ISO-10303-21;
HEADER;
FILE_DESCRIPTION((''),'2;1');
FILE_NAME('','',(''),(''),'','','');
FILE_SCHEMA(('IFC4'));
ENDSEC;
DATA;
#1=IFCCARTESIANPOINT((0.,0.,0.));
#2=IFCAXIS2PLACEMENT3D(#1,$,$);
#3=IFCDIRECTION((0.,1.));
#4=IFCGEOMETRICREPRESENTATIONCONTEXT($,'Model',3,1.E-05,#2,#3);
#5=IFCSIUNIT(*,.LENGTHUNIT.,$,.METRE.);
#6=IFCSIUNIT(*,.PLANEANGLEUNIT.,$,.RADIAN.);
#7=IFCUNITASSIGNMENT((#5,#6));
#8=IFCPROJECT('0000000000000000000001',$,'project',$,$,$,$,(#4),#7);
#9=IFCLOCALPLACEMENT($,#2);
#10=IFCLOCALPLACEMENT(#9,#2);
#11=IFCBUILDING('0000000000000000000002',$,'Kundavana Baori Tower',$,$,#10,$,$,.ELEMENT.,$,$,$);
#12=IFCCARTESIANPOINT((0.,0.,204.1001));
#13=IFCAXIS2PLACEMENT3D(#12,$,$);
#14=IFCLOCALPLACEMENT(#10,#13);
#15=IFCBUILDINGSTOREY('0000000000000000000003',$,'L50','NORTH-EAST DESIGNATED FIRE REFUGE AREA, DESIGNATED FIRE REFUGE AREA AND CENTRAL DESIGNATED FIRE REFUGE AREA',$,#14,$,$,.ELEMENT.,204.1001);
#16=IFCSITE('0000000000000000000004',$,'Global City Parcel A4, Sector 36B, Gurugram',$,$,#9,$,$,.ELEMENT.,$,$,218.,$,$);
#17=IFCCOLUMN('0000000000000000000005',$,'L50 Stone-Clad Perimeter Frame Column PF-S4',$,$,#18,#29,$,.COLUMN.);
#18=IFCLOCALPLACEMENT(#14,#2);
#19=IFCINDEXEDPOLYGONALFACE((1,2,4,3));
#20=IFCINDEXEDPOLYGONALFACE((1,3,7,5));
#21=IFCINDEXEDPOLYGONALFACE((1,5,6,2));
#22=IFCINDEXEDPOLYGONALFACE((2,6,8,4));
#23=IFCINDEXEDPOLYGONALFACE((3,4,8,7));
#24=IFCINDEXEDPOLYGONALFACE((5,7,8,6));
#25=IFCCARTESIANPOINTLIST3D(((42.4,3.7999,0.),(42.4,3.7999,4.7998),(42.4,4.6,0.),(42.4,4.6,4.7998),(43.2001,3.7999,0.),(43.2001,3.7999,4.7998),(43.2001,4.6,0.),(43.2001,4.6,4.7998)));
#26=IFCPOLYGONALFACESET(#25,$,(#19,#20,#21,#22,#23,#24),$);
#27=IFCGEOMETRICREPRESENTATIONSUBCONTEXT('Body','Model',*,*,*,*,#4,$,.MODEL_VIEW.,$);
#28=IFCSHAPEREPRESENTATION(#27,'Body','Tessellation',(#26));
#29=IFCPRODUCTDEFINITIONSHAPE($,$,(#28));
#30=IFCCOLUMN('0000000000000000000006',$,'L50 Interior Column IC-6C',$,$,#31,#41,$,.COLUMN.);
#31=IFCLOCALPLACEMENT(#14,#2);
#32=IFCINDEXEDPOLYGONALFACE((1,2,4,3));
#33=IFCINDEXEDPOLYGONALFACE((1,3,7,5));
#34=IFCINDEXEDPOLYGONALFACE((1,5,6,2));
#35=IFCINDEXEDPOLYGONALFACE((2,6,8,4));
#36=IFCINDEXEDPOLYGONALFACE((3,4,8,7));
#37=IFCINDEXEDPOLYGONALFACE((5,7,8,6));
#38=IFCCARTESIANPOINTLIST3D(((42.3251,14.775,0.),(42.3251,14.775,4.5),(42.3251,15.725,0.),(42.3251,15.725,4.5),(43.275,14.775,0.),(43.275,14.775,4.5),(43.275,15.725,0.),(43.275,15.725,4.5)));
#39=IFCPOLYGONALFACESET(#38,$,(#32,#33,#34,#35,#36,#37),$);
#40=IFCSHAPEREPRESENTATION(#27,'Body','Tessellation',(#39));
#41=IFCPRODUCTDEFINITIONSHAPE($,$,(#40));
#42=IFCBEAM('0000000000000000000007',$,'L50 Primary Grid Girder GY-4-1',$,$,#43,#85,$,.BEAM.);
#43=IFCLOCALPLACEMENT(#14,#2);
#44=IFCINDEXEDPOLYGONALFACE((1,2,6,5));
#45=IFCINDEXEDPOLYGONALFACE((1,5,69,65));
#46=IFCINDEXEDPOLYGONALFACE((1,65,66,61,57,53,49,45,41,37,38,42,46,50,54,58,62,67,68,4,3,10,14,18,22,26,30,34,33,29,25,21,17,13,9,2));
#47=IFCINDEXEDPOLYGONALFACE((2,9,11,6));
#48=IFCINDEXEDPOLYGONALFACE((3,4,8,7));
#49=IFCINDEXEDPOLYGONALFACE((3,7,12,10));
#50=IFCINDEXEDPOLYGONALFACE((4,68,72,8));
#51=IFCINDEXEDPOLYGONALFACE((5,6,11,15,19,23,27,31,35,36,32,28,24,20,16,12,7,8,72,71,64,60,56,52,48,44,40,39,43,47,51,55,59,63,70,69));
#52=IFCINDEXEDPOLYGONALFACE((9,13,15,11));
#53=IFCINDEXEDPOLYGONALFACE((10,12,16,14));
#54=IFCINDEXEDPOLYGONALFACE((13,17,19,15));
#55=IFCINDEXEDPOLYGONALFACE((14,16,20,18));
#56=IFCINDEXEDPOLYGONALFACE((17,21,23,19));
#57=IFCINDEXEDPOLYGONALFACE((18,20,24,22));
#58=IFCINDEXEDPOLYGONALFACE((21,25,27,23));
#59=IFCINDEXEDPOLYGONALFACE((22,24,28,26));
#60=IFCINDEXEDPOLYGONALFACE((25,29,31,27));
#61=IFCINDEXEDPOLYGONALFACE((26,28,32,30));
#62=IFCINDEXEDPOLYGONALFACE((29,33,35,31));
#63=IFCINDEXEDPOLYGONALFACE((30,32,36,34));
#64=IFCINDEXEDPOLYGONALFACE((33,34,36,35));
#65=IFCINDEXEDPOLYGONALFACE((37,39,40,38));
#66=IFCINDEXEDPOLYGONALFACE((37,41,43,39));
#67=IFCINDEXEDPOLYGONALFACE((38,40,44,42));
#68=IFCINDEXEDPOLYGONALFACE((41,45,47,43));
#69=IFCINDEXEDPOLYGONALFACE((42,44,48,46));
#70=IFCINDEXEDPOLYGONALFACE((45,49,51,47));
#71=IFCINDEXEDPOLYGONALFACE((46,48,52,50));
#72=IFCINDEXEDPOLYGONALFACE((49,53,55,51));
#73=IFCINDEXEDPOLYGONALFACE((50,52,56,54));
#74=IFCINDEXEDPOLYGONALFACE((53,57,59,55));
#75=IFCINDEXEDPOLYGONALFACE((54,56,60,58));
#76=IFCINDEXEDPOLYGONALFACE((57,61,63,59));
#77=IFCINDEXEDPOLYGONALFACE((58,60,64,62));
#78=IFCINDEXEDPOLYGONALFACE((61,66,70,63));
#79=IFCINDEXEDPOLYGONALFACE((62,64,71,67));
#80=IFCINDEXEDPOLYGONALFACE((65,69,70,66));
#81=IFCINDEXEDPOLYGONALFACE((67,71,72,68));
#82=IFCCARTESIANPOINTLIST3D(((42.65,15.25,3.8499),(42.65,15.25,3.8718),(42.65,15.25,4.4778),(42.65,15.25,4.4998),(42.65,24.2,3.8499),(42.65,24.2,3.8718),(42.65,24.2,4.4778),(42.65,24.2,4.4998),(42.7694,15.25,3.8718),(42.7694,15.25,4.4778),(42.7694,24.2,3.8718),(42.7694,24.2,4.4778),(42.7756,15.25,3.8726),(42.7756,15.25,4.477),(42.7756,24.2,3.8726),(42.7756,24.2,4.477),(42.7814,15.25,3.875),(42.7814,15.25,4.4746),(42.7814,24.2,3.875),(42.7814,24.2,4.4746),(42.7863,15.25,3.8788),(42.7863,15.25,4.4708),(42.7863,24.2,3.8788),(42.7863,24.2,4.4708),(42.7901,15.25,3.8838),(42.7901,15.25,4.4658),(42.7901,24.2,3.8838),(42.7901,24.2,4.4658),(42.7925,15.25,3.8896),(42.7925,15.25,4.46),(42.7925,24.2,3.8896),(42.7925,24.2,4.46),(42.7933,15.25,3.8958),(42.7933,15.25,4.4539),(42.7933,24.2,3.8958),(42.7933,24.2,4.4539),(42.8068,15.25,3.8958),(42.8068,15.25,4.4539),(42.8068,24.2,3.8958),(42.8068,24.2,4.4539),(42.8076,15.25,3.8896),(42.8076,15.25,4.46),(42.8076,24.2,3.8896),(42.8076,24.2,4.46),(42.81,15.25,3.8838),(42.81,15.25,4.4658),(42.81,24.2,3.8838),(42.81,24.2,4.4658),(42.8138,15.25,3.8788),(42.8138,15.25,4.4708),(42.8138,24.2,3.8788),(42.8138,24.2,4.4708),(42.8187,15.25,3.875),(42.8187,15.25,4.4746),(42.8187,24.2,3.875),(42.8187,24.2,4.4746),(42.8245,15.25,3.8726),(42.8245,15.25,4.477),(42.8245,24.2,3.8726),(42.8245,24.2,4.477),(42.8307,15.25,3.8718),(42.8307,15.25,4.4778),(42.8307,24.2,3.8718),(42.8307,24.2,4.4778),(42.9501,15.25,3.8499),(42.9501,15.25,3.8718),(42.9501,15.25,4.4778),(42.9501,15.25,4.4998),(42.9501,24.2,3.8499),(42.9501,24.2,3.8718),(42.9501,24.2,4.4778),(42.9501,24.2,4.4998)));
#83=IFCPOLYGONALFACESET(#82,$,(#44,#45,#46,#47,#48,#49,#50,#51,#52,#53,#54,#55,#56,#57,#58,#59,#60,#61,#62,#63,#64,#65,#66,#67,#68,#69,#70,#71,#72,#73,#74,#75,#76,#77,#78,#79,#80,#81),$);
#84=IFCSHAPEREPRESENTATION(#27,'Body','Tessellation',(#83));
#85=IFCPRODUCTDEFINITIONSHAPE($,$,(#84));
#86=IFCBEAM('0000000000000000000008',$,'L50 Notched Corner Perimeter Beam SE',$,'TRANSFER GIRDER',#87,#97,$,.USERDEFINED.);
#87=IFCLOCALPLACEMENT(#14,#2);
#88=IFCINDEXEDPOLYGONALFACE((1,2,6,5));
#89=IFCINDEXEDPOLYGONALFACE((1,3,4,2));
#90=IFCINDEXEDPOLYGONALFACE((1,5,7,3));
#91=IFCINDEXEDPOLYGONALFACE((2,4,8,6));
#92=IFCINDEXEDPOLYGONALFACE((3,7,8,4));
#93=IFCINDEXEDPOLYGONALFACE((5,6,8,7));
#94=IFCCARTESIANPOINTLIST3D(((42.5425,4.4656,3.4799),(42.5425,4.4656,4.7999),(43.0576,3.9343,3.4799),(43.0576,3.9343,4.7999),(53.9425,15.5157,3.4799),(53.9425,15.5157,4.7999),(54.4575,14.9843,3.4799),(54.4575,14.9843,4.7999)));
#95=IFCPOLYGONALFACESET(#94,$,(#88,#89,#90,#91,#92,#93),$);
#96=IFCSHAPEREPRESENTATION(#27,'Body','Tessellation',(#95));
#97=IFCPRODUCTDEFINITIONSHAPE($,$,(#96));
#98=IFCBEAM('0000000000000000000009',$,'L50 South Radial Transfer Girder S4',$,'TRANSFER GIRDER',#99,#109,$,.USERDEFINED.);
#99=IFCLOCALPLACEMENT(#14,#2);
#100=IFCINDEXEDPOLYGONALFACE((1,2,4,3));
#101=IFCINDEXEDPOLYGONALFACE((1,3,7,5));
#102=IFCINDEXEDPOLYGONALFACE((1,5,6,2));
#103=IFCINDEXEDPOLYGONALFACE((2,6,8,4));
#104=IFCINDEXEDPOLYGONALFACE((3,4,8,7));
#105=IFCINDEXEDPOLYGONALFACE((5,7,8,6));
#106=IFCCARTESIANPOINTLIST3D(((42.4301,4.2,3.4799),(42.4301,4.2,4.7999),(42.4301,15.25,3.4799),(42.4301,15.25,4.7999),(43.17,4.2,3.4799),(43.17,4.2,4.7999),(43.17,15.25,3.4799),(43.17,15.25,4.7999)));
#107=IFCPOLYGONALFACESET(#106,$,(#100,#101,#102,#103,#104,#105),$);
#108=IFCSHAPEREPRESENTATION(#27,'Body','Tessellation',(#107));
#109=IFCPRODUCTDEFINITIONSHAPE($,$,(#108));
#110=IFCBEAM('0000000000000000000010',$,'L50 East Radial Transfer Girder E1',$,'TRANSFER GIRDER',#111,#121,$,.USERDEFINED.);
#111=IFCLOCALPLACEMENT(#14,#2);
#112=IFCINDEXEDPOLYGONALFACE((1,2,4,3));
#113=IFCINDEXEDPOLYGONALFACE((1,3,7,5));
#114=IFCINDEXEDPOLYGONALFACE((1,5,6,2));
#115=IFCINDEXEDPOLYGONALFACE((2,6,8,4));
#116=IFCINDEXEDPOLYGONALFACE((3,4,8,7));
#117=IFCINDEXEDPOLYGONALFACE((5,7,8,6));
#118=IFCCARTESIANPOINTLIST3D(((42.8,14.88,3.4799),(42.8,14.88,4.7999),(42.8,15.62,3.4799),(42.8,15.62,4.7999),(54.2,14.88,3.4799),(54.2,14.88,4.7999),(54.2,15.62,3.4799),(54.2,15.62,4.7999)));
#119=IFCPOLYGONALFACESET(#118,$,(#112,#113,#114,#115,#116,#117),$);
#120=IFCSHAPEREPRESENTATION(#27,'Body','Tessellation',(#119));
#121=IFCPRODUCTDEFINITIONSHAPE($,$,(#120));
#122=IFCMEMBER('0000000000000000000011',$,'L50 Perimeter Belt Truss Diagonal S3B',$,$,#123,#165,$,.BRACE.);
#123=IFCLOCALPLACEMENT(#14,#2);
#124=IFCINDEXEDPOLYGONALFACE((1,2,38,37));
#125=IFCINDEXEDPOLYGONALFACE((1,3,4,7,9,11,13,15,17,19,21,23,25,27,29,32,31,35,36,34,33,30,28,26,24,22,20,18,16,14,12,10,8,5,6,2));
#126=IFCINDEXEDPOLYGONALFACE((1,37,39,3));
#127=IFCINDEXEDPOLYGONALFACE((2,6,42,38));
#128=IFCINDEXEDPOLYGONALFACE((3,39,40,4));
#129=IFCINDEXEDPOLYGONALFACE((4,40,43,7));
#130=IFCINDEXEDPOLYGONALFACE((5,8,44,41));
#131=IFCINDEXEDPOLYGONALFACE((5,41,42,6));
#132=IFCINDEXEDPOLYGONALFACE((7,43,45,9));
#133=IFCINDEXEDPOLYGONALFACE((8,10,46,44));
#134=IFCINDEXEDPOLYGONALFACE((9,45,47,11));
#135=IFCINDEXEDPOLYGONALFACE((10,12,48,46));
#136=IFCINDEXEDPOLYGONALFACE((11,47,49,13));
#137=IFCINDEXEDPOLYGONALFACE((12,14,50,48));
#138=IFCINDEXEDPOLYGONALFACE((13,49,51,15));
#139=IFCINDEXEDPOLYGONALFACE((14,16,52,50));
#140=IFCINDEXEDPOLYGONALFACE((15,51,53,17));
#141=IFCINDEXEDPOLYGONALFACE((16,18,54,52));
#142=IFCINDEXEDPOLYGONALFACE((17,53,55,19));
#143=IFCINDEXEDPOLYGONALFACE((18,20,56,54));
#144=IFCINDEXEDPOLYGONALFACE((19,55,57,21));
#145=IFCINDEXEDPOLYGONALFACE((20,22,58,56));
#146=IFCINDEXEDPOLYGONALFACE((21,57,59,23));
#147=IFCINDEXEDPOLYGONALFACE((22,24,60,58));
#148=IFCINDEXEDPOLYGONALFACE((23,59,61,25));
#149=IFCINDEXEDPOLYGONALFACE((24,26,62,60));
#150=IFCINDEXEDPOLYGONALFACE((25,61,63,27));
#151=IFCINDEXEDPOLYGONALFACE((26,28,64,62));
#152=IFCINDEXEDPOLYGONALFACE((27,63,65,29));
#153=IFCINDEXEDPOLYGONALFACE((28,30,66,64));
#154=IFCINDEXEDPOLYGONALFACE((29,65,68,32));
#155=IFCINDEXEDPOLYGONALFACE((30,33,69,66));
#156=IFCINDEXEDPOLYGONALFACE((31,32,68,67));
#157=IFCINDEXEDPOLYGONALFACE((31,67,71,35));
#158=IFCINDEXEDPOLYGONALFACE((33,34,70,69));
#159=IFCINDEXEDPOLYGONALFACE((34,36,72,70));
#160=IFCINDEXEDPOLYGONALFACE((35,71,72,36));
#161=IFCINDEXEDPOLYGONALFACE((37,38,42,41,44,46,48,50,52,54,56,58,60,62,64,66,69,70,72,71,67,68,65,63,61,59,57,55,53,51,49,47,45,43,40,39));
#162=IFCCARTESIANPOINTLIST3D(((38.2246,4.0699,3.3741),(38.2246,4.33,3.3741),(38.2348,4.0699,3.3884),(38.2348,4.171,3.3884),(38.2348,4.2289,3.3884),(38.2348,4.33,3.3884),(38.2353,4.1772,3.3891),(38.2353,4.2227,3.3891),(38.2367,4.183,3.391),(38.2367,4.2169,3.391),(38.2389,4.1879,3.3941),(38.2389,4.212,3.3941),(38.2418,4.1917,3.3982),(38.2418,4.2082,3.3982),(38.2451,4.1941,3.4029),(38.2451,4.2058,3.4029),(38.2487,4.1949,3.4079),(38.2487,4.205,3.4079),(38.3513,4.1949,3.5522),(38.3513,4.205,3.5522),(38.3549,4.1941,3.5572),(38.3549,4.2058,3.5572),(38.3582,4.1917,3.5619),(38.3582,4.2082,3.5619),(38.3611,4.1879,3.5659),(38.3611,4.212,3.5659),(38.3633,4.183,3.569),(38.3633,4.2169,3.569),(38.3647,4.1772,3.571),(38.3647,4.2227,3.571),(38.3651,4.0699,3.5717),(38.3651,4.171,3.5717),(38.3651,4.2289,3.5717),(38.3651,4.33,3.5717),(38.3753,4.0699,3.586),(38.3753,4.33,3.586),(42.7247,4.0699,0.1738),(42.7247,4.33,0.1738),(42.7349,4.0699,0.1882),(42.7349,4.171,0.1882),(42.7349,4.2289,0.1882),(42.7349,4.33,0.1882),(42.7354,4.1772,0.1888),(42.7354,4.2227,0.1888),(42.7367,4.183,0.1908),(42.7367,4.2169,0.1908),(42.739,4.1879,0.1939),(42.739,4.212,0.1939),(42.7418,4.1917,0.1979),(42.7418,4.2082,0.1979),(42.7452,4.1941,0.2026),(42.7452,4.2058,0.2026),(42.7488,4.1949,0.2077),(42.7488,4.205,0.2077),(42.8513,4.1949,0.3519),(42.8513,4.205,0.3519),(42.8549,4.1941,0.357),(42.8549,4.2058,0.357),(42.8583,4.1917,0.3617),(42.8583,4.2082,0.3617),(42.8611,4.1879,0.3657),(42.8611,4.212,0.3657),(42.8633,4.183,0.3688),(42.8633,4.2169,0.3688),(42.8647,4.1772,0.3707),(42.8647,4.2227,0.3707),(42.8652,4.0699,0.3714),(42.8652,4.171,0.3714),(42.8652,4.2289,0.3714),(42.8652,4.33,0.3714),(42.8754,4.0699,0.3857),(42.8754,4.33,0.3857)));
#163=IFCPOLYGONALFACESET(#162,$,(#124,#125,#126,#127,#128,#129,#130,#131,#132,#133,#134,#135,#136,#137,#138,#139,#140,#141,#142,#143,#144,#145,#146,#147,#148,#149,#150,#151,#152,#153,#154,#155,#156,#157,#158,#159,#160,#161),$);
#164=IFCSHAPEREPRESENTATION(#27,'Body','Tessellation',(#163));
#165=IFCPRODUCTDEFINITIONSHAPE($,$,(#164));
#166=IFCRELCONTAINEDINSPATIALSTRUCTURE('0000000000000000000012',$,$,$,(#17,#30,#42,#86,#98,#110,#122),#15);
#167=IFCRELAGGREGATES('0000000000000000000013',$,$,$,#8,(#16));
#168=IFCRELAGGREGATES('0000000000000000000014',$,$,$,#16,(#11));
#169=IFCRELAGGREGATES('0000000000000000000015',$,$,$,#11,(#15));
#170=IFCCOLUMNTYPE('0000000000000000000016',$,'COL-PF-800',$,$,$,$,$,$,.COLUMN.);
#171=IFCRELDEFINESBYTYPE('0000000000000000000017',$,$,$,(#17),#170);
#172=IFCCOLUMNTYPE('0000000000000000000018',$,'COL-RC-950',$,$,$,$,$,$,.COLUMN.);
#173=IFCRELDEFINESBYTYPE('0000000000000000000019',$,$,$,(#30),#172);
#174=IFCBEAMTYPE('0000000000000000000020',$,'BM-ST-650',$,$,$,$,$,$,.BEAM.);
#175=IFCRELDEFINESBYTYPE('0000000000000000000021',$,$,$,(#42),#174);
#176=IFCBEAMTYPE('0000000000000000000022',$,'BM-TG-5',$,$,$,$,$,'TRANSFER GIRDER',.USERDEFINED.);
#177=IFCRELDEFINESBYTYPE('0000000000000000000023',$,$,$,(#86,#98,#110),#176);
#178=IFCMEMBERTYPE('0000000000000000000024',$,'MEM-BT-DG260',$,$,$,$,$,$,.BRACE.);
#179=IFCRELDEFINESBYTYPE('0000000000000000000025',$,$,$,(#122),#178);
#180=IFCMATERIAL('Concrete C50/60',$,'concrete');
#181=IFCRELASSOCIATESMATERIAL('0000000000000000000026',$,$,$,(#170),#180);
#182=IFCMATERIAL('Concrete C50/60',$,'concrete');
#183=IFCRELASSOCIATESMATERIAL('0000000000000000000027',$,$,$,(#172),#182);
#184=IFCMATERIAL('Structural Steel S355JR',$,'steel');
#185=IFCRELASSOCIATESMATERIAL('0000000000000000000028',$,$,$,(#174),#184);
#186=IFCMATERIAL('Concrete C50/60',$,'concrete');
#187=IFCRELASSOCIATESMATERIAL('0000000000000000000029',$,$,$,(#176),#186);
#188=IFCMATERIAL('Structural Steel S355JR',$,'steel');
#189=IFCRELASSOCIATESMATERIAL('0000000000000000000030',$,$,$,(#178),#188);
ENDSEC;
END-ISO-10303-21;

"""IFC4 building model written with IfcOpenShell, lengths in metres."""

from ifc_helpers import new_model, si_unit, direction, frame, origin, origin_2d, place, context, subcontext, project, spatial, rectangle, i_section, extrude, material, material_profile, profile_set, type_object, element, save


model = new_model("IFC4")

# Units and contexts
model_context = context("Model", 3, precision=1e-05, world=origin(), true_north=direction((0.0, 1.0)))
body_context = subcontext(model_context, "Body", "Model", "MODEL_VIEW")
ifc_project = project(units=[si_unit("LENGTHUNIT", "METRE"), si_unit("PLANEANGLEUNIT", "RADIAN")], contexts=[model_context])

# Site, building, storey
site_placement = place(None, origin())
site = spatial("IfcSite", under=ifc_project, at=site_placement, Name="Global City Parcel A4, Sector 36B, Gurugram", CompositionType="ELEMENT", RefElevation=218.0)
building_placement = place(site_placement, origin())
building = spatial("IfcBuilding", under=site, at=building_placement, Name="Kundavana Baori Tower", CompositionType="ELEMENT")
storey_placement = place(building_placement, frame((0.0, 0.0, 204.1001)))
storey = spatial("IfcBuildingStorey", under=building, at=storey_placement, Name="L50", Description="NORTH-EAST DESIGNATED FIRE REFUGE AREA, DESIGNATED FIRE REFUGE AREA AND CENTRAL DESIGNATED FIRE REFUGE AREA", CompositionType="ELEMENT", Elevation=204.1001)

# Columns
ifc_material_1 = material(Name="Concrete C50/60", Category="concrete")
ifc_material_profile_1 = material_profile(ifc_material_1, rectangle(XDim=0.8, YDim=0.8, at=origin_2d()), Name="RC PF 800x800")
ifc_profile_set_1 = profile_set([ifc_material_profile_1], Name="Concrete C50/60")
column_type_1 = type_object("IfcColumnType", Name="COL-PF-800", PredefinedType="COLUMN", material=ifc_profile_set_1)
column_1_placement = place(storey_placement, frame((42.8, 4.2, 0.0), z_axis=(0.0, 0.0, 1.0), x_axis=(1.0, 0.0, 0.0)))
element("IfcColumn", 1, at=column_1_placement, inside=storey, type_object=column_type_1, Name="L50 Stone-Clad Perimeter Frame Column PF-S4", PredefinedType="COLUMN", context=body_context, shape_type="SweptSolid", body=[
    extrude(rectangle(XDim=0.8, YDim=0.8, at=origin_2d()), origin(), (0.0, 0.0, 1.0), 4.7998),
])
ifc_material_2 = material(Name="Concrete C50/60", Category="concrete")
ifc_material_profile_2 = material_profile(ifc_material_2, rectangle(XDim=0.95, YDim=0.95, at=origin_2d()), Name="RC 950x950")
ifc_profile_set_2 = profile_set([ifc_material_profile_2], Name="Concrete C50/60")
column_type_2 = type_object("IfcColumnType", Name="COL-RC-950", PredefinedType="COLUMN", material=ifc_profile_set_2)
column_2_placement = place(storey_placement, frame((42.8, 15.25, 0.0), z_axis=(0.0, 0.0, 1.0), x_axis=(1.0, 0.0, 0.0)))
element("IfcColumn", 2, at=column_2_placement, inside=storey, type_object=column_type_2, Name="L50 Interior Column IC-6C", PredefinedType="COLUMN", context=body_context, shape_type="SweptSolid", body=[
    extrude(rectangle(XDim=0.95, YDim=0.95, at=origin_2d()), origin(), (0.0, 0.0, 1.0), 4.5),
])

# Beams
ifc_material_3 = material(Name="Structural Steel S355JR", Category="steel")
ifc_material_profile_3 = material_profile(ifc_material_3, i_section(OverallWidth=0.3, OverallDepth=0.6499, WebThickness=0.0134, FlangeThickness=0.022, FilletRadius=0.0239, at=origin_2d()), Name="NPB 650x300x155")
ifc_profile_set_3 = profile_set([ifc_material_profile_3], Name="Structural Steel S355JR")
beam_type_1 = type_object("IfcBeamType", Name="BM-ST-650", PredefinedType="BEAM", material=ifc_profile_set_3)
beam_1_placement = place(storey_placement, frame((42.8, 15.25, 4.1748), z_axis=(0.0, 1.0, 0.0), x_axis=(-1.0, 0.0, 0.0)))
element("IfcBeam", 3, at=beam_1_placement, inside=storey, type_object=beam_type_1, Name="L50 Primary Grid Girder GY-4-1", PredefinedType="BEAM", context=body_context, shape_type="SweptSolid", body=[
    extrude(i_section(OverallWidth=0.3, OverallDepth=0.6499, WebThickness=0.0134, FlangeThickness=0.022, FilletRadius=0.0239, at=origin_2d()), origin(), (0.0, 0.0, 1.0), 8.95),
])
ifc_material_4 = material(Name="Concrete C50/60", Category="concrete")
ifc_material_profile_4 = material_profile(ifc_material_4, rectangle(XDim=0.74, YDim=1.3201, at=origin_2d()), Name="BM-TG-5")
ifc_profile_set_4 = profile_set([ifc_material_profile_4], Name="Concrete C50/60")
beam_type_2 = type_object("IfcBeamType", Name="BM-TG-5", ElementType="TRANSFER GIRDER", PredefinedType="USERDEFINED", material=ifc_profile_set_4)
beam_2_placement = place(storey_placement, frame((42.8, 4.2, 4.1399), z_axis=(0.718039, 0.696003, 0.0), x_axis=(-0.696003, 0.718039, 0.0)))
element("IfcBeam", 4, at=beam_2_placement, inside=storey, type_object=beam_type_2, Name="L50 Notched Corner Perimeter Beam SE", ObjectType="TRANSFER GIRDER", PredefinedType="USERDEFINED", context=body_context, shape_type="SweptSolid", body=[
    extrude(rectangle(XDim=0.74, YDim=1.3201, at=origin_2d()), origin(), (0.0, 0.0, 1.0), 15.8765),
])
beam_3_placement = place(storey_placement, frame((42.8, 15.25, 4.1399), z_axis=(0.0, -1.0, 0.0), x_axis=(1.0, 0.0, 0.0)))
element("IfcBeam", 5, at=beam_3_placement, inside=storey, type_object=beam_type_2, Name="L50 South Radial Transfer Girder S4", ObjectType="TRANSFER GIRDER", PredefinedType="USERDEFINED", context=body_context, shape_type="SweptSolid", body=[
    extrude(rectangle(XDim=0.74, YDim=1.3201, at=origin_2d()), origin(), (0.0, 0.0, 1.0), 11.05),
])
beam_4_placement = place(storey_placement, frame((42.8, 15.25, 4.1399), z_axis=(1.0, 0.0, 0.0), x_axis=(0.0, 1.0, 0.0)))
element("IfcBeam", 6, at=beam_4_placement, inside=storey, type_object=beam_type_2, Name="L50 East Radial Transfer Girder E1", ObjectType="TRANSFER GIRDER", PredefinedType="USERDEFINED", context=body_context, shape_type="SweptSolid", body=[
    extrude(rectangle(XDim=0.74, YDim=1.3201, at=origin_2d()), origin(), (0.0, 0.0, 1.0), 11.3999),
])

# Member
ifc_material_5 = material(Name="Structural Steel S355JR", Category="steel")
ifc_material_profile_5 = material_profile(ifc_material_5, i_section(OverallWidth=0.26, OverallDepth=0.26, WebThickness=0.01, FlangeThickness=0.0176, FilletRadius=0.0239, at=origin_2d()), Name="WPB 260x260x93")
ifc_profile_set_5 = profile_set([ifc_material_profile_5], Name="Structural Steel S355JR")
member_type_1 = type_object("IfcMemberType", Name="MEM-BT-DG260", PredefinedType="BRACE", material=ifc_profile_set_5)
member_1_placement = place(storey_placement, frame((42.8, 4.2, 0.2798), z_axis=(-0.814939, 0.0, 0.579547), x_axis=(0.0, -1.0, 0.0)))
element("IfcMember", 7, at=member_1_placement, inside=storey, type_object=member_type_1, Name="L50 Perimeter Belt Truss Diagonal S3B", PredefinedType="BRACE", context=body_context, shape_type="SweptSolid", body=[
    extrude(i_section(OverallWidth=0.26, OverallDepth=0.26, WebThickness=0.01, FlangeThickness=0.0176, FilletRadius=0.0239, at=origin_2d()), origin(), (0.0, 0.0, 1.0), 5.522),
])

save(model, "model.ifc")
